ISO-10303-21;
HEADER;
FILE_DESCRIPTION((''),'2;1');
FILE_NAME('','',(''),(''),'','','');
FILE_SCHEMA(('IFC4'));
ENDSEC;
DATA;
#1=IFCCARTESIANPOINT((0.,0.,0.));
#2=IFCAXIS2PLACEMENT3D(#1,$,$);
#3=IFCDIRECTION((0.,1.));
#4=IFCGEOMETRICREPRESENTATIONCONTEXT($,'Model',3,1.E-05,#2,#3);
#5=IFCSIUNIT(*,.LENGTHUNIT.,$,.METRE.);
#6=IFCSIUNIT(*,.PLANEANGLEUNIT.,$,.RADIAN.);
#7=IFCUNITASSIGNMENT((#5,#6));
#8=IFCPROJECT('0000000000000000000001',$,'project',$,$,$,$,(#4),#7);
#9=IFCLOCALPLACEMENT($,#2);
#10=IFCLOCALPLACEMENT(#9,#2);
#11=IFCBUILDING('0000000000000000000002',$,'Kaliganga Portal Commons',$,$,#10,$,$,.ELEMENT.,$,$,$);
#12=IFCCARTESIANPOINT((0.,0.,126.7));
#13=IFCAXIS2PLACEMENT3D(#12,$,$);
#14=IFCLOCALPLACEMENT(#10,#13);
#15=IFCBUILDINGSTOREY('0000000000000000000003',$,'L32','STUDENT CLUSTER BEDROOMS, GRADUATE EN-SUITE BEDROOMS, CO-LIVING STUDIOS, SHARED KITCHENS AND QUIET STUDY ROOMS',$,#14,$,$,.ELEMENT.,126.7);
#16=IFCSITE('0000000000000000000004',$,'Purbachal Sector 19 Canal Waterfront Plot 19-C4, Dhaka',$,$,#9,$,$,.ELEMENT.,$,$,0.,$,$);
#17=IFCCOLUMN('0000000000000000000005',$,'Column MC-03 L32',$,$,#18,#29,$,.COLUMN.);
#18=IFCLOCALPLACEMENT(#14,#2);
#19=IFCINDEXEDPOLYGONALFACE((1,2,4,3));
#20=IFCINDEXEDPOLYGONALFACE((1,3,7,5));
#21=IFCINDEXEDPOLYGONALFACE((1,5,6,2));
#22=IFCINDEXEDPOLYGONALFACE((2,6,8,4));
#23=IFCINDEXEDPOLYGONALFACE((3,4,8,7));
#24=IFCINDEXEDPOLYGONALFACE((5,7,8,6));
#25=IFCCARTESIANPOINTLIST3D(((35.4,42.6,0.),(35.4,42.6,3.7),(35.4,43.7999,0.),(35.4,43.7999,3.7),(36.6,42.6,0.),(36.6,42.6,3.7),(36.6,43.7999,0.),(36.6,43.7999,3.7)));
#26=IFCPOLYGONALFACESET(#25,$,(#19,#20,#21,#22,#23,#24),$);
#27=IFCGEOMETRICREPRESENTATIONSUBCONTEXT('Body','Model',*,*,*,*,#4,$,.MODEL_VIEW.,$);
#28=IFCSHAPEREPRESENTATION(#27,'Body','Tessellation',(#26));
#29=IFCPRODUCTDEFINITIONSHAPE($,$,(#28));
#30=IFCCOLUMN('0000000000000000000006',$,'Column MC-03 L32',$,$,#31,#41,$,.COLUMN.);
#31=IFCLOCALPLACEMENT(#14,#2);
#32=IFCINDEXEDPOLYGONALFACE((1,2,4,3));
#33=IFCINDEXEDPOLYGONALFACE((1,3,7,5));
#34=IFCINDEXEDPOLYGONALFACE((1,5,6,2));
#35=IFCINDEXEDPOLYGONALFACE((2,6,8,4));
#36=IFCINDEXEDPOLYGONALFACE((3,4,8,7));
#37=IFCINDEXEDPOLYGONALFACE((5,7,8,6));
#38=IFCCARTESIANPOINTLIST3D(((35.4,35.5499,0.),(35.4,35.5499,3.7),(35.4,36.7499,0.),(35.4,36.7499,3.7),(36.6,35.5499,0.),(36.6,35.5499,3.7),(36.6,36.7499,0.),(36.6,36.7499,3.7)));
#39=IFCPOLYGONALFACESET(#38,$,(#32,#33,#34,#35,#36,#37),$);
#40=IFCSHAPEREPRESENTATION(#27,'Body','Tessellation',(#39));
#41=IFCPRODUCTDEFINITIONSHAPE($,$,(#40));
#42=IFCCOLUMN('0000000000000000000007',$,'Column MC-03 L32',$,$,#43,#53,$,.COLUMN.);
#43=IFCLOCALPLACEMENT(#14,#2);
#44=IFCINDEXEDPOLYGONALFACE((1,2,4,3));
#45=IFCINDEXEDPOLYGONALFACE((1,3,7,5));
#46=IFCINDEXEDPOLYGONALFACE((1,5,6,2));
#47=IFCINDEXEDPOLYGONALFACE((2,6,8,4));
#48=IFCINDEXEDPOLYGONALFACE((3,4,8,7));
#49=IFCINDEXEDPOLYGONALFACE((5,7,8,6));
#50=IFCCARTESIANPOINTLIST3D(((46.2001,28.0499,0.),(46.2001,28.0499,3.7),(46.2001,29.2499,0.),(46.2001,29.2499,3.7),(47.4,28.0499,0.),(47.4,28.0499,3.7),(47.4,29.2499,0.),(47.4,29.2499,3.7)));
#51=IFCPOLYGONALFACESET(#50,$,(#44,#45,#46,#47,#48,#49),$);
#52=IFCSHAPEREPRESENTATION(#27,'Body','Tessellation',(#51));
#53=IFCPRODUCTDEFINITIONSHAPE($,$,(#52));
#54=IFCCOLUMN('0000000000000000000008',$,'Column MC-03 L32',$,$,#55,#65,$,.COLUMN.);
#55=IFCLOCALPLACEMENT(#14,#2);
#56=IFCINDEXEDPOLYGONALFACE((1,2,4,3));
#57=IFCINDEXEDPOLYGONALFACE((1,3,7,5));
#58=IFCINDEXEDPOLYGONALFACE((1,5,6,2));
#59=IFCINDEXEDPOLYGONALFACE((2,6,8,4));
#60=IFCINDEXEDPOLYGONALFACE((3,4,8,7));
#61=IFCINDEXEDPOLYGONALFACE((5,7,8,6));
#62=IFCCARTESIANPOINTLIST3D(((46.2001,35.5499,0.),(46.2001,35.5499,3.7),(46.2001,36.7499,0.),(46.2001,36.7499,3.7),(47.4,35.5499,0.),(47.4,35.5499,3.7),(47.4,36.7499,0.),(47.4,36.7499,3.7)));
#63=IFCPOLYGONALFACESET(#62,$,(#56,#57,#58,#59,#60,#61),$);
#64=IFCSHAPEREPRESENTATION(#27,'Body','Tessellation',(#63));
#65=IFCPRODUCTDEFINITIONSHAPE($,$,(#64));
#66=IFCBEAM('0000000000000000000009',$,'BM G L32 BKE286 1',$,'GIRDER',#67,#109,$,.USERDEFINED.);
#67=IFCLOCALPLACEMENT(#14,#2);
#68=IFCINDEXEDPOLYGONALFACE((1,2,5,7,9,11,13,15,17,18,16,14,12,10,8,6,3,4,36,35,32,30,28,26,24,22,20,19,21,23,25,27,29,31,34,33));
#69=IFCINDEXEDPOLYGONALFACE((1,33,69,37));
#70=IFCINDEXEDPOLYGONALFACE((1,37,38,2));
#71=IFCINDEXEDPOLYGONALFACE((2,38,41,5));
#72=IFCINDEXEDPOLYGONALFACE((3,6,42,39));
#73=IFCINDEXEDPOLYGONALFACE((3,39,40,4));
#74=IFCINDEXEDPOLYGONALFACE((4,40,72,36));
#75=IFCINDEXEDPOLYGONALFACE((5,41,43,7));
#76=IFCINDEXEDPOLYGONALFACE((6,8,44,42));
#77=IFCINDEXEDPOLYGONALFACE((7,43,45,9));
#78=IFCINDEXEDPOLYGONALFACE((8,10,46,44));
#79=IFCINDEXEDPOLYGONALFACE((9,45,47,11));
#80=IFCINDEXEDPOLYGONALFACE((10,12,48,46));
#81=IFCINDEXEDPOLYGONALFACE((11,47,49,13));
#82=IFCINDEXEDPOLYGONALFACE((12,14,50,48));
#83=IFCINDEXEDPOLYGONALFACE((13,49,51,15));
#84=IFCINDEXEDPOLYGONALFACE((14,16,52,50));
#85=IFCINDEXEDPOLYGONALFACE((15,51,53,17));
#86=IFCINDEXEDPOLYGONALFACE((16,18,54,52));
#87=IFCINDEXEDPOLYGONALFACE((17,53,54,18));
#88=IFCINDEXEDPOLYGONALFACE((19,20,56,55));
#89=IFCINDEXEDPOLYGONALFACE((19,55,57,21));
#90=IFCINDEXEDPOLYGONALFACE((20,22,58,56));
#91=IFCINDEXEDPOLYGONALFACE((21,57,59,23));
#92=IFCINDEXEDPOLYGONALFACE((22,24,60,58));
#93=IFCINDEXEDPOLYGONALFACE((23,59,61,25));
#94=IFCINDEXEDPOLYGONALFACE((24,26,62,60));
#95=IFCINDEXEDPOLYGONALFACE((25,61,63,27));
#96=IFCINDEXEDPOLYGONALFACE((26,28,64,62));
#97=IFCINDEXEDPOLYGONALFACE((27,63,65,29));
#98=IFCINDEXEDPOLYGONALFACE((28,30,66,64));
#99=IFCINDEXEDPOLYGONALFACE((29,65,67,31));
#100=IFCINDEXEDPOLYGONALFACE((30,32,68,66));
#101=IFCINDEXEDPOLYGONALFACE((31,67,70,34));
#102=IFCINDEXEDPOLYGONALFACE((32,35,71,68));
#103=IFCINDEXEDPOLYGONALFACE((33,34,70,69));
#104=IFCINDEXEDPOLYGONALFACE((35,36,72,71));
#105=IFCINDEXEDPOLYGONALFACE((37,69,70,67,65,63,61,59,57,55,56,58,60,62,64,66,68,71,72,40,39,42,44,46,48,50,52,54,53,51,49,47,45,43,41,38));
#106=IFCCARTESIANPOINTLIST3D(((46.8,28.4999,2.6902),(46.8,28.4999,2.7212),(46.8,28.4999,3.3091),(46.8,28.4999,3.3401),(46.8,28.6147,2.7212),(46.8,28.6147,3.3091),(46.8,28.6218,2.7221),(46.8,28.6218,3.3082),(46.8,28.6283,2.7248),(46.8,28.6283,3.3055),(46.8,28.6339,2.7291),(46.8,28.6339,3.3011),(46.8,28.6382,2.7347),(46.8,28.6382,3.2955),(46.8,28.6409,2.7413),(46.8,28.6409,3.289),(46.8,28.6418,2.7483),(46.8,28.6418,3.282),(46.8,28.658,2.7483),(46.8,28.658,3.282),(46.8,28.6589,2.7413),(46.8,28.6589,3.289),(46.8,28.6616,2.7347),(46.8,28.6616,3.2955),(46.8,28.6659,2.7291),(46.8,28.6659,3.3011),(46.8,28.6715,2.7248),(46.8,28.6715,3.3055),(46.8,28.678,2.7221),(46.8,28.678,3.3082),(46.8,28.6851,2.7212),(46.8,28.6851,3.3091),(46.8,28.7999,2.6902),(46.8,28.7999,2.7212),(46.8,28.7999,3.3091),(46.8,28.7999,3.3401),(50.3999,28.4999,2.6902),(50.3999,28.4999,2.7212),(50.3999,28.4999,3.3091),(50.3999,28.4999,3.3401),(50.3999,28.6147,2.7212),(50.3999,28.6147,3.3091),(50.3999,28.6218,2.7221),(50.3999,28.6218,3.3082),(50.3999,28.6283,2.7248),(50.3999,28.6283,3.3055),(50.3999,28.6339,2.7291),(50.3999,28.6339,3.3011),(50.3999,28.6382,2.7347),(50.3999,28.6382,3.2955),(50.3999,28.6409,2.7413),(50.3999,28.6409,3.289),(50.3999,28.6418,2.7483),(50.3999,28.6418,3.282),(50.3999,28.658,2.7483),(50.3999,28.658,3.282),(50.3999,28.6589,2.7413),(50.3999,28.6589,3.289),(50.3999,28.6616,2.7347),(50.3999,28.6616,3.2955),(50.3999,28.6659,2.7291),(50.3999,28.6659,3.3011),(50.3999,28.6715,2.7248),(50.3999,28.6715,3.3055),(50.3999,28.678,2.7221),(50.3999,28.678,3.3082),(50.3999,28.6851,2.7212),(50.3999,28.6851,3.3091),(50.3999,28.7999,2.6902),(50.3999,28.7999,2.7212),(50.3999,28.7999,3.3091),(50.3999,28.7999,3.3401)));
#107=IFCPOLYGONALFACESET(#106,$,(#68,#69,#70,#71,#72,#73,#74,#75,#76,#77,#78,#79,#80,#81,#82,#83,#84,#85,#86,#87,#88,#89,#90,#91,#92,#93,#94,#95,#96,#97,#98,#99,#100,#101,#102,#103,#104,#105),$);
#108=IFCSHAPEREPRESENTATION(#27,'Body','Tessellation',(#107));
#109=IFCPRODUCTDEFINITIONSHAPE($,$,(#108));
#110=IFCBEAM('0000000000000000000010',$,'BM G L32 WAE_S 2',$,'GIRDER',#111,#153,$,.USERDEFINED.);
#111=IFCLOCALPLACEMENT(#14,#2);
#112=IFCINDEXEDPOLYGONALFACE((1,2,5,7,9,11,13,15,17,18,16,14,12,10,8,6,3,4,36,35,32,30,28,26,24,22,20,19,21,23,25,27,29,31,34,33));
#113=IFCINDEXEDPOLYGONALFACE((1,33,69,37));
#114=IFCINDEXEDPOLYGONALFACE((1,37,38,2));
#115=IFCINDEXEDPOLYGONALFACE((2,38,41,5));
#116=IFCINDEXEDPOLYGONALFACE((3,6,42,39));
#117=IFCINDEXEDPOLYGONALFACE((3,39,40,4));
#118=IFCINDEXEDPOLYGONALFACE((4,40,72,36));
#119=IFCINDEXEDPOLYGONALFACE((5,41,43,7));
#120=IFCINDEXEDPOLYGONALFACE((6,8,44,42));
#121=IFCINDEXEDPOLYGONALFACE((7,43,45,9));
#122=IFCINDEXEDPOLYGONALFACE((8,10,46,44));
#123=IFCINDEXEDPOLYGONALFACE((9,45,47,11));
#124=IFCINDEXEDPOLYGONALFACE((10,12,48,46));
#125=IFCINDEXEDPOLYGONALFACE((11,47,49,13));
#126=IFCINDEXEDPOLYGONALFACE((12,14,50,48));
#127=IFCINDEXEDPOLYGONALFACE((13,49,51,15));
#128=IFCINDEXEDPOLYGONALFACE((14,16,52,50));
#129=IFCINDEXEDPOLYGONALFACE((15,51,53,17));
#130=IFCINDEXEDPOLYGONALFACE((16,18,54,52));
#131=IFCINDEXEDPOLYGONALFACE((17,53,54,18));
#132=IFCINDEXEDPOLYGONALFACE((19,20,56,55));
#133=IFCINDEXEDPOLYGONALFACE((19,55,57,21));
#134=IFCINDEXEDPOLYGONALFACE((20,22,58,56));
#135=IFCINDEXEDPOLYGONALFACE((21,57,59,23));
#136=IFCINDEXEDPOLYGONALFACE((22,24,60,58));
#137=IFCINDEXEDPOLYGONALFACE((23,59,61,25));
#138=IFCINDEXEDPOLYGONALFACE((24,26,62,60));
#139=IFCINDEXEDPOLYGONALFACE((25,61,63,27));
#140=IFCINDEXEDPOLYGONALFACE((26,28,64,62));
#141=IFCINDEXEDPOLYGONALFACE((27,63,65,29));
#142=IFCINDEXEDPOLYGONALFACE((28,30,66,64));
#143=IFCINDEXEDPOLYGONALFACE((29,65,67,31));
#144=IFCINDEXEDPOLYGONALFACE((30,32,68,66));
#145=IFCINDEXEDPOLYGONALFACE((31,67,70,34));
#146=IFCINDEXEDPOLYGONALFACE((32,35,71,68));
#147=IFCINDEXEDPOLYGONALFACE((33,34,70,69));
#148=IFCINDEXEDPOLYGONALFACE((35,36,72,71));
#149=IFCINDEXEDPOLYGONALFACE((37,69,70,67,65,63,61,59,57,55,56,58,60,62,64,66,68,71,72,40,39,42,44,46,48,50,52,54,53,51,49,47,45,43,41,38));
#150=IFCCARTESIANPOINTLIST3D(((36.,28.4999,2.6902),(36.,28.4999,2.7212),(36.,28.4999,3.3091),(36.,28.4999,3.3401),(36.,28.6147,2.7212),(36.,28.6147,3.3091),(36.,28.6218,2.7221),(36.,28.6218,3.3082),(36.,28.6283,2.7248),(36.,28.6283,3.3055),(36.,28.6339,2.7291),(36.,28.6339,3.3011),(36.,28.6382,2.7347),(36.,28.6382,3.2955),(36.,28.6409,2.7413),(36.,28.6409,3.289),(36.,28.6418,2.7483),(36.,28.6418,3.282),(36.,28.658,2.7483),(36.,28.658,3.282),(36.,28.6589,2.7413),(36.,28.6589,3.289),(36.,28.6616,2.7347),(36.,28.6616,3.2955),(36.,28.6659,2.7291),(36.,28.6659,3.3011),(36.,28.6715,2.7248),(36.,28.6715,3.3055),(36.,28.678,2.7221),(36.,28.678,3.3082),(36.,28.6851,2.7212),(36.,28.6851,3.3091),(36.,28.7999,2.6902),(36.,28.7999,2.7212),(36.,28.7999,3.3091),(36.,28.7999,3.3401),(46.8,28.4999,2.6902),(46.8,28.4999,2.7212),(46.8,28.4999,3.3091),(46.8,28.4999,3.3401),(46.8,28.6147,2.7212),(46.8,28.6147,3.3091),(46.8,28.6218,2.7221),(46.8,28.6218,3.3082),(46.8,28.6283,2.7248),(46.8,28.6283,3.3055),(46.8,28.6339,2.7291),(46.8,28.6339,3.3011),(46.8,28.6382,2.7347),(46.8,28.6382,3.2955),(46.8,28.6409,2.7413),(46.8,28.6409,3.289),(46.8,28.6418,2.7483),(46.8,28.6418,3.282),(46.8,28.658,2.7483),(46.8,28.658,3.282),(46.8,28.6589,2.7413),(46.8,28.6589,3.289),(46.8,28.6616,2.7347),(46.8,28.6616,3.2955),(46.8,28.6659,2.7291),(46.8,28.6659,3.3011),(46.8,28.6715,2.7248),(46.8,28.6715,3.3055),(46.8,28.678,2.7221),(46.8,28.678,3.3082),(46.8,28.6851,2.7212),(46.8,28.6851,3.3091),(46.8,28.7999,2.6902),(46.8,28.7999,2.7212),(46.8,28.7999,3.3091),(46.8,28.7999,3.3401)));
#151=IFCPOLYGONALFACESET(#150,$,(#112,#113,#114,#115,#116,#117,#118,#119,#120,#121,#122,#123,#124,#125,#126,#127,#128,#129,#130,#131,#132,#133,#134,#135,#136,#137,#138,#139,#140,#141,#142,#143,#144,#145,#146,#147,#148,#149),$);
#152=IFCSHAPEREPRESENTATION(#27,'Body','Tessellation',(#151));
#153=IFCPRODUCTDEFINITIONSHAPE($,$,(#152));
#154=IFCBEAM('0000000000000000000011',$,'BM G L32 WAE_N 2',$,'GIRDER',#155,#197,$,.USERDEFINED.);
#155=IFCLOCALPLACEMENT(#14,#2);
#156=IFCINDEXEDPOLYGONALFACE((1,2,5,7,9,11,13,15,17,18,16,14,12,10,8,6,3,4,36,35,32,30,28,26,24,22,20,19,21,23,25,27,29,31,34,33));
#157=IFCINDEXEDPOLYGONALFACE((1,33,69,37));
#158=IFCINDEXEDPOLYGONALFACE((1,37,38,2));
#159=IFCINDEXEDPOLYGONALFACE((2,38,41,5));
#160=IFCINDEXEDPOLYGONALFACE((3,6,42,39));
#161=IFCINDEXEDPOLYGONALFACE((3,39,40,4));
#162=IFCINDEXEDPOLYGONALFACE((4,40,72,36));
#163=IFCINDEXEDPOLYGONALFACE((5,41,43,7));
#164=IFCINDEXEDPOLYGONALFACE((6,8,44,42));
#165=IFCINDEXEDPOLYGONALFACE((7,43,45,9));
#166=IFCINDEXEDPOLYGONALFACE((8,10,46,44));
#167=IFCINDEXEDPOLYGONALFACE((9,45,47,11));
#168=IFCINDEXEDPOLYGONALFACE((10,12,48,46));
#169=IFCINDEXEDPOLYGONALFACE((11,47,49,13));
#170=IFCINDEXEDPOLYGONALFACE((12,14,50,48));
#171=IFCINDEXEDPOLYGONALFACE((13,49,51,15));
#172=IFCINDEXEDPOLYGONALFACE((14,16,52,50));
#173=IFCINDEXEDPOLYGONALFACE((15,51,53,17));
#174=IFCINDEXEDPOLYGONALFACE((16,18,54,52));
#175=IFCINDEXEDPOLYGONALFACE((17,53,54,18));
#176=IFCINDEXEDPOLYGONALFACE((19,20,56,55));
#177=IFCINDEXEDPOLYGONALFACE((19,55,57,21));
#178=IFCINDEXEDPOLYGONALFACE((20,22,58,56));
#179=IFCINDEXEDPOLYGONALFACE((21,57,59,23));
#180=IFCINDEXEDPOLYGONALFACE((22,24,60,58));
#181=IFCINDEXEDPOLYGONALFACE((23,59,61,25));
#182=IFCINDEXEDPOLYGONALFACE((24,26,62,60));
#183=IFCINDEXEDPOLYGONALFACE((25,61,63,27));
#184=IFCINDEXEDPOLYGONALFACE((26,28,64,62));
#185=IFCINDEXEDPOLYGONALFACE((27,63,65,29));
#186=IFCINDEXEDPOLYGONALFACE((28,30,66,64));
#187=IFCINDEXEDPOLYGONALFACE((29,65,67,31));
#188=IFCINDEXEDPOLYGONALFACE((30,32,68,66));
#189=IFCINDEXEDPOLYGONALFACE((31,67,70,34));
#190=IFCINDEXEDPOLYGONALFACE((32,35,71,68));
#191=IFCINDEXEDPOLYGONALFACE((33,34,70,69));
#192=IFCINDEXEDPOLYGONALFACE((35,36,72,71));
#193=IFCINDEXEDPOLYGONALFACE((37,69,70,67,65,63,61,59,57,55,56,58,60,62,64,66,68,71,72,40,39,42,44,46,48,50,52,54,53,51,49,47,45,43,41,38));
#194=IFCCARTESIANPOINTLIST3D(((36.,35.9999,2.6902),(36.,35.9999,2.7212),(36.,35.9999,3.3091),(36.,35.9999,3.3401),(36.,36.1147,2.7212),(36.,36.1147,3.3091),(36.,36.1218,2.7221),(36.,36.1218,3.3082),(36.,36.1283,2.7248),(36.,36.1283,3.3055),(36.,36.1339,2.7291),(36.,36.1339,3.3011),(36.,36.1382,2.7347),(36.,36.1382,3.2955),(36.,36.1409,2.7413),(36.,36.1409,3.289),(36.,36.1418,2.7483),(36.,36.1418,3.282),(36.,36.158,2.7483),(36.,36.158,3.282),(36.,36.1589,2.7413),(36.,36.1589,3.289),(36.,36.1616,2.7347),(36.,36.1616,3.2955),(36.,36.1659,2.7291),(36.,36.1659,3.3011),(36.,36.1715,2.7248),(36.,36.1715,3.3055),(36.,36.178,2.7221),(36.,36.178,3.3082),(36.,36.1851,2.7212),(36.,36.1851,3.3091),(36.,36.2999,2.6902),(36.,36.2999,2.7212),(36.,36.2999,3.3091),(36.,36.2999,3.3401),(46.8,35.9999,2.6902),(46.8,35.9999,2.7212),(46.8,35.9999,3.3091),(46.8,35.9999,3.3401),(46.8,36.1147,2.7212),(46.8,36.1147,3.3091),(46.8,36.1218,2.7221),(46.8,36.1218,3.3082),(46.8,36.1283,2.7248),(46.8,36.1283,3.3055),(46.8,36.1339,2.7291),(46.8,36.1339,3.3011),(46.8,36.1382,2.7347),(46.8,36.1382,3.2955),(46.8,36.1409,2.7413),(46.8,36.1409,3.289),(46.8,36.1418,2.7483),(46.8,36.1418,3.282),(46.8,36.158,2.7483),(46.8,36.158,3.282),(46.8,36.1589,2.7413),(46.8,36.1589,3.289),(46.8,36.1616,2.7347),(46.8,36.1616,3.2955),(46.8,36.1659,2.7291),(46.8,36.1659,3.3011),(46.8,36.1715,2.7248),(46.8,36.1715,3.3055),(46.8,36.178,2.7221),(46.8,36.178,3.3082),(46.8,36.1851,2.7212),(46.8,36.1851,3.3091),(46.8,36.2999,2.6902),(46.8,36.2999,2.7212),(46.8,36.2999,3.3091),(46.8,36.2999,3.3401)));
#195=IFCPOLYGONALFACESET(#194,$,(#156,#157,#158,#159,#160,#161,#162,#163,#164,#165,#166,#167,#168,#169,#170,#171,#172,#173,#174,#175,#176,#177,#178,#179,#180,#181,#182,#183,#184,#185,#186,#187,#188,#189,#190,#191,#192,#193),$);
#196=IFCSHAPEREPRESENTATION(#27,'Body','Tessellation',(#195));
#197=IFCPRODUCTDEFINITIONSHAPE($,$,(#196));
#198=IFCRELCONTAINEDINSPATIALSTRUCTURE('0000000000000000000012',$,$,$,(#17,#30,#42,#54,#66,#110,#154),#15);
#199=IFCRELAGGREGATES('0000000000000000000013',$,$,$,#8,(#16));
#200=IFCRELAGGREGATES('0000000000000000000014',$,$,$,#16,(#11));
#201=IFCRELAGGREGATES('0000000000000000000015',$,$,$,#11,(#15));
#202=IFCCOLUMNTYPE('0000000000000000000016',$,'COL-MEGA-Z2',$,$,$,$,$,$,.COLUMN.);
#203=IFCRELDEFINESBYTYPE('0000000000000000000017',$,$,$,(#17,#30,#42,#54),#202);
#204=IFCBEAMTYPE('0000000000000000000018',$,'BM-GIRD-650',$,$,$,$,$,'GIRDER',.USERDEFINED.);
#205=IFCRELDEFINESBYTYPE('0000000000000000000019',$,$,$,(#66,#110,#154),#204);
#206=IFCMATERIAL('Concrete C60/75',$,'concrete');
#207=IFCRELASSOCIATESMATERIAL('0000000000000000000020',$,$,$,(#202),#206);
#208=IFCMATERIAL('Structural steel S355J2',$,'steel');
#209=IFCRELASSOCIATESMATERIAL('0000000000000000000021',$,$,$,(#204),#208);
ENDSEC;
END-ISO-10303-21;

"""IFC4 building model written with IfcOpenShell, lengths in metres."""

from ifc_helpers import new_model, si_unit, direction, frame, origin, origin_2d, place, context, subcontext, project, spatial, rectangle, i_section, extrude, source, transform, mapped, material, material_profile, profile_set, type_object, element, save


model = new_model("IFC4")

# Units and contexts
model_context = context("Model", 3, precision=1e-05, world=origin(), true_north=direction((0.0, 1.0)))
body_context = subcontext(model_context, "Body", "Model", "MODEL_VIEW")
ifc_project = project(units=[si_unit("LENGTHUNIT", "METRE"), si_unit("PLANEANGLEUNIT", "RADIAN")], contexts=[model_context])

# Site, building, storey
site_placement = place(None, origin())
site = spatial("IfcSite", under=ifc_project, at=site_placement, Name="Purbachal Sector 19 Canal Waterfront Plot 19-C4, Dhaka", CompositionType="ELEMENT", RefElevation=0.0)
building_placement = place(site_placement, origin())
building = spatial("IfcBuilding", under=site, at=building_placement, Name="Kaliganga Portal Commons", CompositionType="ELEMENT")
storey_placement = place(building_placement, frame((0.0, 0.0, 126.7)))
storey = spatial("IfcBuildingStorey", under=building, at=storey_placement, Name="L32", Description="STUDENT CLUSTER BEDROOMS, GRADUATE EN-SUITE BEDROOMS, CO-LIVING STUDIOS, SHARED KITCHENS AND QUIET STUDY ROOMS", CompositionType="ELEMENT", Elevation=126.7)

# Columns
ifc_material_1 = material(Name="Concrete C60/75", Category="concrete")
ifc_material_profile_1 = material_profile(ifc_material_1, rectangle(XDim=1.2, YDim=1.2, at=origin_2d()), Name="RC 1200x1200")
ifc_profile_set_1 = profile_set([ifc_material_profile_1], Name="Concrete C60/75")
column_type = type_object("IfcColumnType", Name="COL-MEGA-Z2", PredefinedType="COLUMN", material=ifc_profile_set_1)
shared_shape_1 = source(origin(), body_context, "Body", "SweptSolid", [
    extrude(rectangle(XDim=1.2, YDim=1.2, at=origin_2d()), origin(), (0.0, 0.0, 1.0), 3.7),
])
for number, where, z_axis, x_axis, name in (
    (1, (36.0, 43.2, 0.0), (0.0, 0.0, 1.0), (1.0, 0.0, 0.0), "Column MC-03 L32"),
    (2, (36.0, 36.1499, 0.0), (0.0, 0.0, 1.0), (1.0, 0.0, 0.0), "Column MC-03 L32"),
    (3, (46.8, 28.6499, 0.0), (0.0, 0.0, 1.0), (1.0, 0.0, 0.0), "Column MC-03 L32"),
    (4, (46.8, 36.1499, 0.0), (0.0, 0.0, 1.0), (1.0, 0.0, 0.0), "Column MC-03 L32"),
):
    element("IfcColumn", number, at=place(storey_placement, frame(where, z_axis=z_axis, x_axis=x_axis)), inside=storey, type_object=column_type, Name=name, PredefinedType="COLUMN", context=body_context, shape_type="MappedRepresentation", body=[
        mapped(shared_shape_1, transform((0.0, 0.0, 0.0), x_axis=(1.0, 0.0, 0.0), y_axis=(0.0, 1.0, 0.0), z_axis=(0.0, 0.0, 1.0), scale=1.0)),
    ])

# Beams
ifc_material_2 = material(Name="Structural steel S355J2", Category="steel")
ifc_material_profile_2 = material_profile(ifc_material_2, i_section(OverallWidth=0.3, OverallDepth=0.6499, WebThickness=0.0161, FlangeThickness=0.031, FilletRadius=0.0271, at=origin_2d()), Name="HE 650 B")
ifc_profile_set_2 = profile_set([ifc_material_profile_2], Name="Structural steel S355J2 wide-flange")
beam_type_1 = type_object("IfcBeamType", Name="BM-GIRD-650", ElementType="GIRDER", PredefinedType="USERDEFINED", material=ifc_profile_set_2)
shared_shape_2 = source(origin(), body_context, "Body", "SweptSolid", [
    extrude(i_section(OverallWidth=0.3, OverallDepth=0.6499, WebThickness=0.0161, FlangeThickness=0.031, FilletRadius=0.0271, at=origin_2d()), origin(), (0.0, 0.0, 1.0), 3.5999),
])
beam_1_placement = place(storey_placement, frame((46.8, 28.6499, 3.0151), z_axis=(1.0, 0.0, 0.0), x_axis=(0.0, 1.0, 0.0)))
element("IfcBeam", 5, at=beam_1_placement, inside=storey, type_object=beam_type_1, Name="BM G L32 BKE286 1", ObjectType="GIRDER", PredefinedType="USERDEFINED", context=body_context, shape_type="MappedRepresentation", body=[
    mapped(shared_shape_2, transform((0.0, 0.0, 0.0), x_axis=(1.0, 0.0, 0.0), y_axis=(0.0, 1.0, 0.0), z_axis=(0.0, 0.0, 1.0), scale=1.0)),
])
shared_shape_3 = source(origin(), body_context, "Body", "SweptSolid", [
    extrude(i_section(OverallWidth=0.3, OverallDepth=0.6499, WebThickness=0.0161, FlangeThickness=0.031, FilletRadius=0.0271, at=origin_2d()), origin(), (0.0, 0.0, 1.0), 10.8),
])
for number, where, z_axis, x_axis, name in (
    (6, (36.0, 28.6499, 3.0151), (1.0, 0.0, 0.0), (0.0, 1.0, 0.0), "BM G L32 WAE_S 2"),
    (7, (36.0, 36.1499, 3.0151), (1.0, 0.0, 0.0), (0.0, 1.0, 0.0), "BM G L32 WAE_N 2"),
):
    element("IfcBeam", number, at=place(storey_placement, frame(where, z_axis=z_axis, x_axis=x_axis)), inside=storey, type_object=beam_type_1, Name=name, ObjectType="GIRDER", PredefinedType="USERDEFINED", context=body_context, shape_type="MappedRepresentation", body=[
        mapped(shared_shape_3, transform((0.0, 0.0, 0.0), x_axis=(1.0, 0.0, 0.0), y_axis=(0.0, 1.0, 0.0), z_axis=(0.0, 0.0, 1.0), scale=1.0)),
    ])

save(model, "model.ifc")
